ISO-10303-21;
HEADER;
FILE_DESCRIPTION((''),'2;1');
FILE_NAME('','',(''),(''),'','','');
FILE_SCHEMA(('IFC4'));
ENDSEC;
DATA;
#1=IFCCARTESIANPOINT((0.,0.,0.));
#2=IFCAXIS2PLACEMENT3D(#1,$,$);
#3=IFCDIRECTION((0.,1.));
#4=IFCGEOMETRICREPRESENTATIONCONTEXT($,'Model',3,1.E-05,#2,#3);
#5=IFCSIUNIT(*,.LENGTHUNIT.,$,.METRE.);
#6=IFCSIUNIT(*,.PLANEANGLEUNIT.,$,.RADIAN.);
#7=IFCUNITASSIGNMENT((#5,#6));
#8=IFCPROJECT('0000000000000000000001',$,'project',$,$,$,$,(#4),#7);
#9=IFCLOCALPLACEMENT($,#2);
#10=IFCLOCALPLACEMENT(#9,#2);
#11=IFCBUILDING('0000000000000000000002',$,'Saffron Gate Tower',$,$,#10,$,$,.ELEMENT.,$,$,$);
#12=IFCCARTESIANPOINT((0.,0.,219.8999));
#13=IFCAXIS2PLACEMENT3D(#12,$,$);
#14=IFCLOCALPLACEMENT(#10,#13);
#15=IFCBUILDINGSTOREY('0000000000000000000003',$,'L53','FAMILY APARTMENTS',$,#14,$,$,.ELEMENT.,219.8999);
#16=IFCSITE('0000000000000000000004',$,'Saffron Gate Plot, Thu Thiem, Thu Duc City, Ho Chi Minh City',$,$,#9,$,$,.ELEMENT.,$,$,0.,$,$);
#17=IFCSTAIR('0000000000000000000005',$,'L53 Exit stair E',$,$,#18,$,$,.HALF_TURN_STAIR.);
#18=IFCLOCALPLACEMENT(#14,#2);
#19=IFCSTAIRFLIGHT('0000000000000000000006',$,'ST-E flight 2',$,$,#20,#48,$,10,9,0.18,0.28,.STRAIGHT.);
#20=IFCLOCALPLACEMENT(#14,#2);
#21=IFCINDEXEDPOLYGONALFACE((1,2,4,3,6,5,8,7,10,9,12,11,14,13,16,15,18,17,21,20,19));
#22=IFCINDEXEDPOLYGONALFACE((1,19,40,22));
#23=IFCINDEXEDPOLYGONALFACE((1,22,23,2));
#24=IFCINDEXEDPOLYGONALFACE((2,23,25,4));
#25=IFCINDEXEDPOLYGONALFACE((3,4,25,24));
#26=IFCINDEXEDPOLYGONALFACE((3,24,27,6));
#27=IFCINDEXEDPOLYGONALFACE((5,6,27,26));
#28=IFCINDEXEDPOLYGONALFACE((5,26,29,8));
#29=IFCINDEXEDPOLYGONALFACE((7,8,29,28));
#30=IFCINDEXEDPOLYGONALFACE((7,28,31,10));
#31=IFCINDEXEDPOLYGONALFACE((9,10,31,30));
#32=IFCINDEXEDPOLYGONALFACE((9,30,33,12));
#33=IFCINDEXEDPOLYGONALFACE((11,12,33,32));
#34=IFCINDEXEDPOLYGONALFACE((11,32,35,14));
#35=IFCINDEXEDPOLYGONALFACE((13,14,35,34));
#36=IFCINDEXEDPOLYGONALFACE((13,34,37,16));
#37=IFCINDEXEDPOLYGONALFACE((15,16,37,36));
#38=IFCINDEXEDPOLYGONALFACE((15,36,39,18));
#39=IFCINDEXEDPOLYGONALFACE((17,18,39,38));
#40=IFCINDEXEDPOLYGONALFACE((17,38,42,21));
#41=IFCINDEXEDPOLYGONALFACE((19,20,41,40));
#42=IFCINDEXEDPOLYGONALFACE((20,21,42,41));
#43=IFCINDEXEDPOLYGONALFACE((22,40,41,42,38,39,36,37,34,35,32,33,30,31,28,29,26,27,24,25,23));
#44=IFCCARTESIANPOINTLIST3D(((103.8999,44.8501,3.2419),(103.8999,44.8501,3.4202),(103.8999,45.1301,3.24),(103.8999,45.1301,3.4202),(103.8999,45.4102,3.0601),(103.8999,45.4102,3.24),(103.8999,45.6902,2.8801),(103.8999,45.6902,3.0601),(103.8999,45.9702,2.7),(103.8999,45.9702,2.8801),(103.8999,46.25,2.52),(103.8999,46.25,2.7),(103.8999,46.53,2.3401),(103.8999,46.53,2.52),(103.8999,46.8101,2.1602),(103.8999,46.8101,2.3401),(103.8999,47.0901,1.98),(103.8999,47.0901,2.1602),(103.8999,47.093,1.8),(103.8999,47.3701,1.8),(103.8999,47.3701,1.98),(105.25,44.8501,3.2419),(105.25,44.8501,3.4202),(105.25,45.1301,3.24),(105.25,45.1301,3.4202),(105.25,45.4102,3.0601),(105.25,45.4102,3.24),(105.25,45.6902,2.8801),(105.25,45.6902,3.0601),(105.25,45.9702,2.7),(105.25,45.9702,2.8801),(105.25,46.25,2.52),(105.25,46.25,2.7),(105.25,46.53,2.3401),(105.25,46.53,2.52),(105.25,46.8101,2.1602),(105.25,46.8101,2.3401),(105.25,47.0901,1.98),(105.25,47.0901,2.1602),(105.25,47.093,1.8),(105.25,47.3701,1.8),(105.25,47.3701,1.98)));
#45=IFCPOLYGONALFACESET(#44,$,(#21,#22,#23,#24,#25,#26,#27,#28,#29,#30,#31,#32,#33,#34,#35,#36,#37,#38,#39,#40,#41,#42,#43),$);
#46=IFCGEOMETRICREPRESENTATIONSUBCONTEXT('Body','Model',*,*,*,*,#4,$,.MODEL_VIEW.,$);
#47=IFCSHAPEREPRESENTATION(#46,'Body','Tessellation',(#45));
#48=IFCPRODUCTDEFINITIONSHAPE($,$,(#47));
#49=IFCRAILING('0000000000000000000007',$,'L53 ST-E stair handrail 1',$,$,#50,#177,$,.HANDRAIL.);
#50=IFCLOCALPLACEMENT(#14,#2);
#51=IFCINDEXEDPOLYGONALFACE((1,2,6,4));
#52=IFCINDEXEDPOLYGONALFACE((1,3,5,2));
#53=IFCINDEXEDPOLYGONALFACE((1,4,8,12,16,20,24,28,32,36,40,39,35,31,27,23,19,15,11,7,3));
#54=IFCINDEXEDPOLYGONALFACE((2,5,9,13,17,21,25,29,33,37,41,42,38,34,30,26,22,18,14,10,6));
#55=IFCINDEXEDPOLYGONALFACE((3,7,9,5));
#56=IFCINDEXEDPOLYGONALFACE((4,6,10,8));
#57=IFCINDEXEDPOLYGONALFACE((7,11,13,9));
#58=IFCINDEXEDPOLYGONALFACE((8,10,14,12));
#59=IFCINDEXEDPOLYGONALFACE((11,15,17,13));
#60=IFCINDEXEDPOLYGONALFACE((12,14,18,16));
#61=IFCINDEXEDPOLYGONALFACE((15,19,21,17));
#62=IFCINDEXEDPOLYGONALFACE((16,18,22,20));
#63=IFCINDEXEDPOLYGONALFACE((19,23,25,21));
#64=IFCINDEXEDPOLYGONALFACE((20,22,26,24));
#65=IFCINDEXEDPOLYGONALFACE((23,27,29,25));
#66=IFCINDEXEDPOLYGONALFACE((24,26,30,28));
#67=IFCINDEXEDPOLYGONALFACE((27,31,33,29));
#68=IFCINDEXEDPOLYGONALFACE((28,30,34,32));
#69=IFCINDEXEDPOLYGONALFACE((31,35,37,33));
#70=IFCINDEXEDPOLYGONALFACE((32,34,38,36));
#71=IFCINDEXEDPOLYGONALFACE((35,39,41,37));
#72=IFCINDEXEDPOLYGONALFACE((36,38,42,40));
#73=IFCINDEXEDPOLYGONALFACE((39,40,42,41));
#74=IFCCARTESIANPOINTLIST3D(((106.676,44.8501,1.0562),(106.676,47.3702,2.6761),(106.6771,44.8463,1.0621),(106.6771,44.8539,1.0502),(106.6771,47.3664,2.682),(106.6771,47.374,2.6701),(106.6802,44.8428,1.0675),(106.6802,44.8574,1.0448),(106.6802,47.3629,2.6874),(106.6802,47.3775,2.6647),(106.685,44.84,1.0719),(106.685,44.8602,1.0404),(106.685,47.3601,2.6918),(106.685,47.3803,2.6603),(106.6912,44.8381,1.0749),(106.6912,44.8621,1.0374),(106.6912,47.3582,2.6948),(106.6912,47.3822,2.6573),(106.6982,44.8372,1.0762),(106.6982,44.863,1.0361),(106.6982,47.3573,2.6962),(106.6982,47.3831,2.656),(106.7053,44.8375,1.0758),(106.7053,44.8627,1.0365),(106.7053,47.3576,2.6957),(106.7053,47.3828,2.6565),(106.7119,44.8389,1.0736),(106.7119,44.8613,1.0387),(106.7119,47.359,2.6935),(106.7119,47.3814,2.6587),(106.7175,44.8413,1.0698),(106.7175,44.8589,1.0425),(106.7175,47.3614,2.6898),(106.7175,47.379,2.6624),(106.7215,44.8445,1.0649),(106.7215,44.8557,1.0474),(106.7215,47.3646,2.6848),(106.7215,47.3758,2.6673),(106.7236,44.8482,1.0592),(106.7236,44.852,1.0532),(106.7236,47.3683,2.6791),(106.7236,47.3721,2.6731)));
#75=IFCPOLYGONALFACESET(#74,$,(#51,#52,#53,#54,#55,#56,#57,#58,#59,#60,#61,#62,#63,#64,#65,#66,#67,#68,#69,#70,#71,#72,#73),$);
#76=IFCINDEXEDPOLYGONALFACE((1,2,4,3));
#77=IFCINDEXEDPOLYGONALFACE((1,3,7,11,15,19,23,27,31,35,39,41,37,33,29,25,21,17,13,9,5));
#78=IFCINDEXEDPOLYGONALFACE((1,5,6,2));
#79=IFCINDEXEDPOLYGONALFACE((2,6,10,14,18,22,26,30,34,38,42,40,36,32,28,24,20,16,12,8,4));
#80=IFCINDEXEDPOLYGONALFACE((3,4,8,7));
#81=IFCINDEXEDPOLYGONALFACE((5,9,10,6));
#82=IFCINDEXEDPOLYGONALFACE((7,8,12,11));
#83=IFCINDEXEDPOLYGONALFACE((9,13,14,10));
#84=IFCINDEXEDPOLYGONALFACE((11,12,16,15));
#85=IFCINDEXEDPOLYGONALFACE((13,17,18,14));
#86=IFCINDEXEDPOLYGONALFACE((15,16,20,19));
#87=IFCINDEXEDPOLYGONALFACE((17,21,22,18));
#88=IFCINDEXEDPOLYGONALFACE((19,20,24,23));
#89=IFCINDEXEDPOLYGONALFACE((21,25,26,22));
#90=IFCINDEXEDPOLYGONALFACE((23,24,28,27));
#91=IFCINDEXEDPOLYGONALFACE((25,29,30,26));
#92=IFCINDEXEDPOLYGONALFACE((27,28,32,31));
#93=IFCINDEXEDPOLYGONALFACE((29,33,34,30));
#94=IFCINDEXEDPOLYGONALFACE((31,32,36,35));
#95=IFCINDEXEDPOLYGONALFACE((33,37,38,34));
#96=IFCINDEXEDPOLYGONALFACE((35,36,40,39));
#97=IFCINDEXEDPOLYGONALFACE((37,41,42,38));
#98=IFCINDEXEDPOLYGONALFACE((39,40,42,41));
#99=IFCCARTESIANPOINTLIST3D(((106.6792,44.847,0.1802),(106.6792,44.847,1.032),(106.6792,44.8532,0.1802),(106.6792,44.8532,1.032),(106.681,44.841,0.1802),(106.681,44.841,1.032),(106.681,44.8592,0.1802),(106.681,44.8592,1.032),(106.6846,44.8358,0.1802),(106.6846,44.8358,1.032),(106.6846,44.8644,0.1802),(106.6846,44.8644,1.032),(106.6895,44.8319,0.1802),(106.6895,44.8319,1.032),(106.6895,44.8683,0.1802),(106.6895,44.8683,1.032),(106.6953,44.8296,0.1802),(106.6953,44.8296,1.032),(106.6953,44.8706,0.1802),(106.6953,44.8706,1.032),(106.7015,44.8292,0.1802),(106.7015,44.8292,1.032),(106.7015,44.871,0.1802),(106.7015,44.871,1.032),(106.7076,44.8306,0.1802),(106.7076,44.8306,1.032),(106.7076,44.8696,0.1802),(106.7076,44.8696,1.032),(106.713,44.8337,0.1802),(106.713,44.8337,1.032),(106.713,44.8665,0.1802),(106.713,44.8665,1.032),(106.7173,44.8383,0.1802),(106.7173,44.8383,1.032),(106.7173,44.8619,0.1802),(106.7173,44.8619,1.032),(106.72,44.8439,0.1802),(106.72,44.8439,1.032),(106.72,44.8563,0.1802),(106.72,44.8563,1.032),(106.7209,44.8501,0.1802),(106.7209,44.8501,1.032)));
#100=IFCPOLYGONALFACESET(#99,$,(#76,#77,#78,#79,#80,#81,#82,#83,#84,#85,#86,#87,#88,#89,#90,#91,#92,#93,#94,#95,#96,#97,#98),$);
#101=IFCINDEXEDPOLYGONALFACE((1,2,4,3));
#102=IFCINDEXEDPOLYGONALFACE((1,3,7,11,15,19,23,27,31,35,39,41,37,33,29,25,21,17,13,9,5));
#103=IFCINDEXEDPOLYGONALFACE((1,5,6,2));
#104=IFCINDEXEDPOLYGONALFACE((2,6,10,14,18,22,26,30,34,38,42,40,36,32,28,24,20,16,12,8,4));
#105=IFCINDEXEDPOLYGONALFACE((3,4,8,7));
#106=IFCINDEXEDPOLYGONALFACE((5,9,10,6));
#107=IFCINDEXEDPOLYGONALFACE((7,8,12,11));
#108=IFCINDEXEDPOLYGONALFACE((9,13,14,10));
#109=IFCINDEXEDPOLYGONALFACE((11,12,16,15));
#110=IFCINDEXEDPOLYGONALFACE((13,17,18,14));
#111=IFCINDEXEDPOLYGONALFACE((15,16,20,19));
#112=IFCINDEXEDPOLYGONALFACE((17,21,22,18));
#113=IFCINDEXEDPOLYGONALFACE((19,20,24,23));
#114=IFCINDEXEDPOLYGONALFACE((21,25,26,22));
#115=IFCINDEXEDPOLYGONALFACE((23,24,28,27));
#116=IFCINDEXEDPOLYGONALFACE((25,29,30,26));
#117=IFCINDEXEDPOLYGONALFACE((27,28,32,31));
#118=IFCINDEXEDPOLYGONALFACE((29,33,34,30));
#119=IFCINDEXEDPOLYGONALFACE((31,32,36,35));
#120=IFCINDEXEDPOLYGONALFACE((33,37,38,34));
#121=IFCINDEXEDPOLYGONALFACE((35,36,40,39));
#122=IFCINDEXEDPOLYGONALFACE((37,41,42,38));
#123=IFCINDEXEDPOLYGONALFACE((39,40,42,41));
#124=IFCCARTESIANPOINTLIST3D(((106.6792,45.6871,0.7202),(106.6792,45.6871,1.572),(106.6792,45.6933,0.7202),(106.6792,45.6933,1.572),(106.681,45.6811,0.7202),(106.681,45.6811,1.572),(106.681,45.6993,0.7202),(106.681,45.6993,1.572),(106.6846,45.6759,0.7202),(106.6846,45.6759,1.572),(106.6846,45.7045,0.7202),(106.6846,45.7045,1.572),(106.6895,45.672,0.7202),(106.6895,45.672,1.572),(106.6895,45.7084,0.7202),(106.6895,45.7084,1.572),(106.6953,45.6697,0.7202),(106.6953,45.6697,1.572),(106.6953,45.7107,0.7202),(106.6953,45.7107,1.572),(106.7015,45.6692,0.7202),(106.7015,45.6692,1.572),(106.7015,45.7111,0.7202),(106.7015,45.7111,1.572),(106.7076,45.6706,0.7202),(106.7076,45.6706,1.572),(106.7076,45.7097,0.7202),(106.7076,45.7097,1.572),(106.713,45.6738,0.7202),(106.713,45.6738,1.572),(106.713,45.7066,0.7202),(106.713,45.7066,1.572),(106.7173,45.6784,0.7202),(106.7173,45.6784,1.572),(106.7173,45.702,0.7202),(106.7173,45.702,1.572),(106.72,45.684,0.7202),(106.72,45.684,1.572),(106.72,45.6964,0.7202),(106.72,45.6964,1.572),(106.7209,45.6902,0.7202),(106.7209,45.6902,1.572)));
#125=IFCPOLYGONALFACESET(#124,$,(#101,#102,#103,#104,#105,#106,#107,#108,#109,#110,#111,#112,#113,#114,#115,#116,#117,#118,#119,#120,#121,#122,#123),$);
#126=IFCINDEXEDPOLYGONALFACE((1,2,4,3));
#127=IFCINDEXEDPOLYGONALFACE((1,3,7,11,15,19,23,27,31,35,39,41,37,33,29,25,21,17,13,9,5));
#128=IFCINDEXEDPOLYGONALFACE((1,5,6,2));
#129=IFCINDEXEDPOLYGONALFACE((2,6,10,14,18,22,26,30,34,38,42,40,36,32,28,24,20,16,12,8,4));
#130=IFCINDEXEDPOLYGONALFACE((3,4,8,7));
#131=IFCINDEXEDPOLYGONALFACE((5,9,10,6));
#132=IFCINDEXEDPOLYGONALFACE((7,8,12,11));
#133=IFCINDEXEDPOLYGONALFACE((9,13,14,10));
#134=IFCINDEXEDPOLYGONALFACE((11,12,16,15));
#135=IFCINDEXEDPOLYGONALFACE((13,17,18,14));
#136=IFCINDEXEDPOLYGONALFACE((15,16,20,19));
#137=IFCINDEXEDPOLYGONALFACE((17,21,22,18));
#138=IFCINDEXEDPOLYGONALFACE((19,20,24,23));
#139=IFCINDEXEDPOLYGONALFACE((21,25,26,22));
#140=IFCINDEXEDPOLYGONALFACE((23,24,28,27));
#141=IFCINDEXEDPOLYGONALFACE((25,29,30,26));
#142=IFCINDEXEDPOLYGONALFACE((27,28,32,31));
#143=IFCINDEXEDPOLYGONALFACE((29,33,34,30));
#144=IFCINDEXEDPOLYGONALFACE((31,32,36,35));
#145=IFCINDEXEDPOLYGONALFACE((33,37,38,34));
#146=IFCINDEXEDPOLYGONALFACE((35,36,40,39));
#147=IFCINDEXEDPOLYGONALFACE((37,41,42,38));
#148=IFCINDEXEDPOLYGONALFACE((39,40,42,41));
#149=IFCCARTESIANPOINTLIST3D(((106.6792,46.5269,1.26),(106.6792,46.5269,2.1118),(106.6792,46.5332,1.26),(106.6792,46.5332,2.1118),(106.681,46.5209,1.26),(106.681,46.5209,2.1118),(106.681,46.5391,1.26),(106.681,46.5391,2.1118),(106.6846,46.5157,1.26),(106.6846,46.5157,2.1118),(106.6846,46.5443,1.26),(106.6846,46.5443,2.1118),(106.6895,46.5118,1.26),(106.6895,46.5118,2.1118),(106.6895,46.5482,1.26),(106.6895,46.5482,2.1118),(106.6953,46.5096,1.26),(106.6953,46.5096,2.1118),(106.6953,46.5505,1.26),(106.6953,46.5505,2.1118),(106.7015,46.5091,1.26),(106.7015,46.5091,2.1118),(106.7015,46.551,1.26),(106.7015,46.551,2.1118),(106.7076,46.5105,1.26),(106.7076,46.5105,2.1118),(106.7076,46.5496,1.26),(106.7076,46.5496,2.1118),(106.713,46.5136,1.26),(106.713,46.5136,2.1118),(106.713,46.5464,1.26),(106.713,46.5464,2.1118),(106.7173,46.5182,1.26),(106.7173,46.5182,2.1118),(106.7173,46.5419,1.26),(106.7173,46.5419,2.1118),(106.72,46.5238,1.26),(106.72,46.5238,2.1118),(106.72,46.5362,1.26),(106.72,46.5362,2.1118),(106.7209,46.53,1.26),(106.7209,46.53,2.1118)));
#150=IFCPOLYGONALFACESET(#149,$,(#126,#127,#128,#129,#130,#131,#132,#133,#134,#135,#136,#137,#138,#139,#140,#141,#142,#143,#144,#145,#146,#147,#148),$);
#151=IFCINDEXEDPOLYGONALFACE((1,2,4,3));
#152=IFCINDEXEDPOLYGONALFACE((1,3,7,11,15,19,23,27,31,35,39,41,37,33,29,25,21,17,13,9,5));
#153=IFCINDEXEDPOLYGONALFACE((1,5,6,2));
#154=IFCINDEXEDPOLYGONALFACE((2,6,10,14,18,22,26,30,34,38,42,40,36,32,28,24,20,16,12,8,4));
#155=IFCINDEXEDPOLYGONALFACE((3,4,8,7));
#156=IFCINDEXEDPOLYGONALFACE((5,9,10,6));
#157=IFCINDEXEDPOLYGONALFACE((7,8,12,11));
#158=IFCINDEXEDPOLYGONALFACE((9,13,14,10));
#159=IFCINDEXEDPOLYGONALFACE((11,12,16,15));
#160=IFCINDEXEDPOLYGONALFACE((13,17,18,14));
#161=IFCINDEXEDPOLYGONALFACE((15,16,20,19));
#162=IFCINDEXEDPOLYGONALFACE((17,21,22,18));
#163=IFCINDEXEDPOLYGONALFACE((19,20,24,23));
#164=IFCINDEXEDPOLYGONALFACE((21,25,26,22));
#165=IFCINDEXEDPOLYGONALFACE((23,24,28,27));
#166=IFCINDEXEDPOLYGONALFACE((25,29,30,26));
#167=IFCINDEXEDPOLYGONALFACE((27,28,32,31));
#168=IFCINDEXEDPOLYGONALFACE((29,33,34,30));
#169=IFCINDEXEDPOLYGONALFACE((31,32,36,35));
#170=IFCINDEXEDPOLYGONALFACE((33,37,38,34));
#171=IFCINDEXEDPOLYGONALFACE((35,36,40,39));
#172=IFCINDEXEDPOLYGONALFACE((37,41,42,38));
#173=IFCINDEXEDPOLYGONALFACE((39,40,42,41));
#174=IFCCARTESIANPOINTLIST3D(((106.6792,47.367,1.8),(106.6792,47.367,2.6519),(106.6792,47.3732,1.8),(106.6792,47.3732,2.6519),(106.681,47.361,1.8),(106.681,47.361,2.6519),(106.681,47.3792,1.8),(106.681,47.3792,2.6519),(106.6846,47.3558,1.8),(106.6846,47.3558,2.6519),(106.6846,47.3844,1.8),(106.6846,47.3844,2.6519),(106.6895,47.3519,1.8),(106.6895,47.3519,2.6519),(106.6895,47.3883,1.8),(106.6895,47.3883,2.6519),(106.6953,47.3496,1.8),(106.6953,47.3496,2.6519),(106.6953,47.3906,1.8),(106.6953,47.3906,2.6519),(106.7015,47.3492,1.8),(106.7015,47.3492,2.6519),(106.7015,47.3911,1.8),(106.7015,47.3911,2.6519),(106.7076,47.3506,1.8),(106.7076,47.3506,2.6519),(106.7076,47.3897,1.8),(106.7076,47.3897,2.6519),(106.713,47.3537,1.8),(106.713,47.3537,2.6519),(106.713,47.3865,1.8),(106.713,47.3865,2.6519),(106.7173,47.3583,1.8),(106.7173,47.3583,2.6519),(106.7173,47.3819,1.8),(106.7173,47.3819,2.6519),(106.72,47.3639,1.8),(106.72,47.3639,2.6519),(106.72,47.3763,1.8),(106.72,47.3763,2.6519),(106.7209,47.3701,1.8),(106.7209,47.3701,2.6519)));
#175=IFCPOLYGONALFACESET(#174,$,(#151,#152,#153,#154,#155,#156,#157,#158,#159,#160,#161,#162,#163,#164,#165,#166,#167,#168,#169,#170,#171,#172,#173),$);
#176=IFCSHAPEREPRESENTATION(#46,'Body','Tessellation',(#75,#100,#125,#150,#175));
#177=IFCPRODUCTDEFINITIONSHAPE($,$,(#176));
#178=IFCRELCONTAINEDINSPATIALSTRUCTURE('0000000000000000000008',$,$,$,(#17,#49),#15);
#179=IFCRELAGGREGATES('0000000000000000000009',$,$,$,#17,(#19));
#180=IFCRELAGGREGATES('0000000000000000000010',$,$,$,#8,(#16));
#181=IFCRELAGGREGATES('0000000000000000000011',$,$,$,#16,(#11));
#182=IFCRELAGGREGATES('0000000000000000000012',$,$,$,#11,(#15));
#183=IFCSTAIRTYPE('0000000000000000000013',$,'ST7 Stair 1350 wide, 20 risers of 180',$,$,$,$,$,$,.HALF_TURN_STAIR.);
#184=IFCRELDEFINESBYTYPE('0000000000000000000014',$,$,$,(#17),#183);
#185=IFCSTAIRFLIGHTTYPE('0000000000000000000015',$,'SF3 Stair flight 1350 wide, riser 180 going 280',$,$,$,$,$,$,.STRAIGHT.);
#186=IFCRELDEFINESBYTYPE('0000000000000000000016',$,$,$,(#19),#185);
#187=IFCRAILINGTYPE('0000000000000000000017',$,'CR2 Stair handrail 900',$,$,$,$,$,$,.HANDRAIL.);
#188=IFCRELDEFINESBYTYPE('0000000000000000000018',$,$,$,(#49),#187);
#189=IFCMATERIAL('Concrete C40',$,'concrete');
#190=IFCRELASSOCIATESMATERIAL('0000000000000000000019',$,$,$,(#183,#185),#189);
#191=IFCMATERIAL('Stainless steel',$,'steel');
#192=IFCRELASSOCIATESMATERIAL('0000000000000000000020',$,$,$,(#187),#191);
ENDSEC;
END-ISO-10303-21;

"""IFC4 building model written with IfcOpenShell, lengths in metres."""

from ifc_helpers import new_model, si_unit, direction, frame, origin, origin_2d, place, context, subcontext, project, spatial, polyline, circle, outline, extrude, material, type_object, element, aggregate, save


model = new_model("IFC4")

# Units and contexts
model_context = context("Model", 3, precision=1e-05, world=origin(), true_north=direction((0.0, 1.0)))
body_context = subcontext(model_context, "Body", "Model", "MODEL_VIEW")
ifc_project = project(units=[si_unit("LENGTHUNIT", "METRE"), si_unit("PLANEANGLEUNIT", "RADIAN")], contexts=[model_context])

# Site, building, storey
site_placement = place(None, origin())
site = spatial("IfcSite", under=ifc_project, at=site_placement, Name="Saffron Gate Plot, Thu Thiem, Thu Duc City, Ho Chi Minh City", CompositionType="ELEMENT", RefElevation=0.0)
building_placement = place(site_placement, origin())
building = spatial("IfcBuilding", under=site, at=building_placement, Name="Saffron Gate Tower", CompositionType="ELEMENT")
storey_placement = place(building_placement, frame((0.0, 0.0, 219.8999)))
storey = spatial("IfcBuildingStorey", under=building, at=storey_placement, Name="L53", Description="FAMILY APARTMENTS", CompositionType="ELEMENT", Elevation=219.8999)

# Stair, stair flight
ifc_material_1 = material(Name="Concrete C40", Category="concrete")
stair_type = type_object("IfcStairType", Name="ST7 Stair 1350 wide, 20 risers of 180", PredefinedType="HALF_TURN_STAIR", material=ifc_material_1)
stair_placement = place(storey_placement, origin())
stair = element("IfcStair", 1, at=stair_placement, inside=storey, type_object=stair_type, Name="L53 Exit stair E", PredefinedType="HALF_TURN_STAIR")
stair_flight_type = type_object("IfcStairFlightType", Name="SF3 Stair flight 1350 wide, riser 180 going 280", PredefinedType="STRAIGHT", material=ifc_material_1)
stair_flight_1_placement = place(storey_placement, frame((104.575, 47.3701, 1.8), z_axis=(0.0, 0.0, 1.0), x_axis=(0.0, -1.0, 0.0)))
stair_flight_1 = element("IfcStairFlight", 2, at=stair_flight_1_placement, type_object=stair_flight_type, Name="ST-E flight 2", NumberOfRisers=10, NumberOfTreads=9, PredefinedType="STRAIGHT", RiserHeight=0.18, TreadLength=0.28, context=body_context, shape_type="SweptSolid", body=[
    extrude(outline(polyline([(0.0, 0.0), (0.0, 0.1799), (0.28, 0.1799), (0.28, 0.3601), (0.5601, 0.3601), (0.5601, 0.54), (0.8401, 0.54), (0.8401, 0.72), (1.1201, 0.72), (1.1201, 0.8999), (1.3999, 0.8999), (1.3999, 1.0801), (1.6799, 1.0801), (1.6799, 1.26), (1.96, 1.26), (1.96, 1.4399), (2.24, 1.4399), (2.24, 1.6201), (2.52, 1.6201), (2.52, 1.8), (2.52, 1.4419), (0.2771, 0.0), (0.0, 0.0)])), frame((0.0, 0.675, 0.0), z_axis=(0.0, -1.0, 0.0), x_axis=(1.0, 0.0, 0.0)), (0.0, 0.0, 1.0), 1.3501),
])
aggregate(stair, [stair_flight_1])

# Railing
ifc_material_2 = material(Name="Stainless steel", Category="steel")
railing_type_1 = type_object("IfcRailingType", Name="CR2 Stair handrail 900", PredefinedType="HANDRAIL", material=ifc_material_2)
railing_1_placement = place(storey_placement, frame((106.7, 44.8501, 0.1802)))
element("IfcRailing", 3, at=railing_1_placement, inside=storey, type_object=railing_type_1, Name="L53 ST-E stair handrail 1", PredefinedType="HANDRAIL", context=body_context, shape_type="SweptSolid", body=[
    extrude(circle(Radius=0.0239, at=origin_2d()), frame((0.0, 0.0, 0.876), z_axis=(0.0, 0.8412, 0.540725), x_axis=(-1.0, 0.0, 0.0)), (0.0, 0.0, 1.0), 2.9958),
    extrude(circle(Radius=0.021, at=origin_2d()), origin(), (0.0, 0.0, 1.0), 0.8518),
    extrude(circle(Radius=0.021, at=origin_2d()), frame((0.0, 0.8401, 0.54)), (0.0, 0.0, 1.0), 0.8518),
    extrude(circle(Radius=0.021, at=origin_2d()), frame((0.0, 1.6799, 1.0798)), (0.0, 0.0, 1.0), 0.8518),
    extrude(circle(Radius=0.021, at=origin_2d()), frame((0.0, 2.52, 1.6199)), (0.0, 0.0, 1.0), 0.8518),
])

save(model, "model.ifc")
